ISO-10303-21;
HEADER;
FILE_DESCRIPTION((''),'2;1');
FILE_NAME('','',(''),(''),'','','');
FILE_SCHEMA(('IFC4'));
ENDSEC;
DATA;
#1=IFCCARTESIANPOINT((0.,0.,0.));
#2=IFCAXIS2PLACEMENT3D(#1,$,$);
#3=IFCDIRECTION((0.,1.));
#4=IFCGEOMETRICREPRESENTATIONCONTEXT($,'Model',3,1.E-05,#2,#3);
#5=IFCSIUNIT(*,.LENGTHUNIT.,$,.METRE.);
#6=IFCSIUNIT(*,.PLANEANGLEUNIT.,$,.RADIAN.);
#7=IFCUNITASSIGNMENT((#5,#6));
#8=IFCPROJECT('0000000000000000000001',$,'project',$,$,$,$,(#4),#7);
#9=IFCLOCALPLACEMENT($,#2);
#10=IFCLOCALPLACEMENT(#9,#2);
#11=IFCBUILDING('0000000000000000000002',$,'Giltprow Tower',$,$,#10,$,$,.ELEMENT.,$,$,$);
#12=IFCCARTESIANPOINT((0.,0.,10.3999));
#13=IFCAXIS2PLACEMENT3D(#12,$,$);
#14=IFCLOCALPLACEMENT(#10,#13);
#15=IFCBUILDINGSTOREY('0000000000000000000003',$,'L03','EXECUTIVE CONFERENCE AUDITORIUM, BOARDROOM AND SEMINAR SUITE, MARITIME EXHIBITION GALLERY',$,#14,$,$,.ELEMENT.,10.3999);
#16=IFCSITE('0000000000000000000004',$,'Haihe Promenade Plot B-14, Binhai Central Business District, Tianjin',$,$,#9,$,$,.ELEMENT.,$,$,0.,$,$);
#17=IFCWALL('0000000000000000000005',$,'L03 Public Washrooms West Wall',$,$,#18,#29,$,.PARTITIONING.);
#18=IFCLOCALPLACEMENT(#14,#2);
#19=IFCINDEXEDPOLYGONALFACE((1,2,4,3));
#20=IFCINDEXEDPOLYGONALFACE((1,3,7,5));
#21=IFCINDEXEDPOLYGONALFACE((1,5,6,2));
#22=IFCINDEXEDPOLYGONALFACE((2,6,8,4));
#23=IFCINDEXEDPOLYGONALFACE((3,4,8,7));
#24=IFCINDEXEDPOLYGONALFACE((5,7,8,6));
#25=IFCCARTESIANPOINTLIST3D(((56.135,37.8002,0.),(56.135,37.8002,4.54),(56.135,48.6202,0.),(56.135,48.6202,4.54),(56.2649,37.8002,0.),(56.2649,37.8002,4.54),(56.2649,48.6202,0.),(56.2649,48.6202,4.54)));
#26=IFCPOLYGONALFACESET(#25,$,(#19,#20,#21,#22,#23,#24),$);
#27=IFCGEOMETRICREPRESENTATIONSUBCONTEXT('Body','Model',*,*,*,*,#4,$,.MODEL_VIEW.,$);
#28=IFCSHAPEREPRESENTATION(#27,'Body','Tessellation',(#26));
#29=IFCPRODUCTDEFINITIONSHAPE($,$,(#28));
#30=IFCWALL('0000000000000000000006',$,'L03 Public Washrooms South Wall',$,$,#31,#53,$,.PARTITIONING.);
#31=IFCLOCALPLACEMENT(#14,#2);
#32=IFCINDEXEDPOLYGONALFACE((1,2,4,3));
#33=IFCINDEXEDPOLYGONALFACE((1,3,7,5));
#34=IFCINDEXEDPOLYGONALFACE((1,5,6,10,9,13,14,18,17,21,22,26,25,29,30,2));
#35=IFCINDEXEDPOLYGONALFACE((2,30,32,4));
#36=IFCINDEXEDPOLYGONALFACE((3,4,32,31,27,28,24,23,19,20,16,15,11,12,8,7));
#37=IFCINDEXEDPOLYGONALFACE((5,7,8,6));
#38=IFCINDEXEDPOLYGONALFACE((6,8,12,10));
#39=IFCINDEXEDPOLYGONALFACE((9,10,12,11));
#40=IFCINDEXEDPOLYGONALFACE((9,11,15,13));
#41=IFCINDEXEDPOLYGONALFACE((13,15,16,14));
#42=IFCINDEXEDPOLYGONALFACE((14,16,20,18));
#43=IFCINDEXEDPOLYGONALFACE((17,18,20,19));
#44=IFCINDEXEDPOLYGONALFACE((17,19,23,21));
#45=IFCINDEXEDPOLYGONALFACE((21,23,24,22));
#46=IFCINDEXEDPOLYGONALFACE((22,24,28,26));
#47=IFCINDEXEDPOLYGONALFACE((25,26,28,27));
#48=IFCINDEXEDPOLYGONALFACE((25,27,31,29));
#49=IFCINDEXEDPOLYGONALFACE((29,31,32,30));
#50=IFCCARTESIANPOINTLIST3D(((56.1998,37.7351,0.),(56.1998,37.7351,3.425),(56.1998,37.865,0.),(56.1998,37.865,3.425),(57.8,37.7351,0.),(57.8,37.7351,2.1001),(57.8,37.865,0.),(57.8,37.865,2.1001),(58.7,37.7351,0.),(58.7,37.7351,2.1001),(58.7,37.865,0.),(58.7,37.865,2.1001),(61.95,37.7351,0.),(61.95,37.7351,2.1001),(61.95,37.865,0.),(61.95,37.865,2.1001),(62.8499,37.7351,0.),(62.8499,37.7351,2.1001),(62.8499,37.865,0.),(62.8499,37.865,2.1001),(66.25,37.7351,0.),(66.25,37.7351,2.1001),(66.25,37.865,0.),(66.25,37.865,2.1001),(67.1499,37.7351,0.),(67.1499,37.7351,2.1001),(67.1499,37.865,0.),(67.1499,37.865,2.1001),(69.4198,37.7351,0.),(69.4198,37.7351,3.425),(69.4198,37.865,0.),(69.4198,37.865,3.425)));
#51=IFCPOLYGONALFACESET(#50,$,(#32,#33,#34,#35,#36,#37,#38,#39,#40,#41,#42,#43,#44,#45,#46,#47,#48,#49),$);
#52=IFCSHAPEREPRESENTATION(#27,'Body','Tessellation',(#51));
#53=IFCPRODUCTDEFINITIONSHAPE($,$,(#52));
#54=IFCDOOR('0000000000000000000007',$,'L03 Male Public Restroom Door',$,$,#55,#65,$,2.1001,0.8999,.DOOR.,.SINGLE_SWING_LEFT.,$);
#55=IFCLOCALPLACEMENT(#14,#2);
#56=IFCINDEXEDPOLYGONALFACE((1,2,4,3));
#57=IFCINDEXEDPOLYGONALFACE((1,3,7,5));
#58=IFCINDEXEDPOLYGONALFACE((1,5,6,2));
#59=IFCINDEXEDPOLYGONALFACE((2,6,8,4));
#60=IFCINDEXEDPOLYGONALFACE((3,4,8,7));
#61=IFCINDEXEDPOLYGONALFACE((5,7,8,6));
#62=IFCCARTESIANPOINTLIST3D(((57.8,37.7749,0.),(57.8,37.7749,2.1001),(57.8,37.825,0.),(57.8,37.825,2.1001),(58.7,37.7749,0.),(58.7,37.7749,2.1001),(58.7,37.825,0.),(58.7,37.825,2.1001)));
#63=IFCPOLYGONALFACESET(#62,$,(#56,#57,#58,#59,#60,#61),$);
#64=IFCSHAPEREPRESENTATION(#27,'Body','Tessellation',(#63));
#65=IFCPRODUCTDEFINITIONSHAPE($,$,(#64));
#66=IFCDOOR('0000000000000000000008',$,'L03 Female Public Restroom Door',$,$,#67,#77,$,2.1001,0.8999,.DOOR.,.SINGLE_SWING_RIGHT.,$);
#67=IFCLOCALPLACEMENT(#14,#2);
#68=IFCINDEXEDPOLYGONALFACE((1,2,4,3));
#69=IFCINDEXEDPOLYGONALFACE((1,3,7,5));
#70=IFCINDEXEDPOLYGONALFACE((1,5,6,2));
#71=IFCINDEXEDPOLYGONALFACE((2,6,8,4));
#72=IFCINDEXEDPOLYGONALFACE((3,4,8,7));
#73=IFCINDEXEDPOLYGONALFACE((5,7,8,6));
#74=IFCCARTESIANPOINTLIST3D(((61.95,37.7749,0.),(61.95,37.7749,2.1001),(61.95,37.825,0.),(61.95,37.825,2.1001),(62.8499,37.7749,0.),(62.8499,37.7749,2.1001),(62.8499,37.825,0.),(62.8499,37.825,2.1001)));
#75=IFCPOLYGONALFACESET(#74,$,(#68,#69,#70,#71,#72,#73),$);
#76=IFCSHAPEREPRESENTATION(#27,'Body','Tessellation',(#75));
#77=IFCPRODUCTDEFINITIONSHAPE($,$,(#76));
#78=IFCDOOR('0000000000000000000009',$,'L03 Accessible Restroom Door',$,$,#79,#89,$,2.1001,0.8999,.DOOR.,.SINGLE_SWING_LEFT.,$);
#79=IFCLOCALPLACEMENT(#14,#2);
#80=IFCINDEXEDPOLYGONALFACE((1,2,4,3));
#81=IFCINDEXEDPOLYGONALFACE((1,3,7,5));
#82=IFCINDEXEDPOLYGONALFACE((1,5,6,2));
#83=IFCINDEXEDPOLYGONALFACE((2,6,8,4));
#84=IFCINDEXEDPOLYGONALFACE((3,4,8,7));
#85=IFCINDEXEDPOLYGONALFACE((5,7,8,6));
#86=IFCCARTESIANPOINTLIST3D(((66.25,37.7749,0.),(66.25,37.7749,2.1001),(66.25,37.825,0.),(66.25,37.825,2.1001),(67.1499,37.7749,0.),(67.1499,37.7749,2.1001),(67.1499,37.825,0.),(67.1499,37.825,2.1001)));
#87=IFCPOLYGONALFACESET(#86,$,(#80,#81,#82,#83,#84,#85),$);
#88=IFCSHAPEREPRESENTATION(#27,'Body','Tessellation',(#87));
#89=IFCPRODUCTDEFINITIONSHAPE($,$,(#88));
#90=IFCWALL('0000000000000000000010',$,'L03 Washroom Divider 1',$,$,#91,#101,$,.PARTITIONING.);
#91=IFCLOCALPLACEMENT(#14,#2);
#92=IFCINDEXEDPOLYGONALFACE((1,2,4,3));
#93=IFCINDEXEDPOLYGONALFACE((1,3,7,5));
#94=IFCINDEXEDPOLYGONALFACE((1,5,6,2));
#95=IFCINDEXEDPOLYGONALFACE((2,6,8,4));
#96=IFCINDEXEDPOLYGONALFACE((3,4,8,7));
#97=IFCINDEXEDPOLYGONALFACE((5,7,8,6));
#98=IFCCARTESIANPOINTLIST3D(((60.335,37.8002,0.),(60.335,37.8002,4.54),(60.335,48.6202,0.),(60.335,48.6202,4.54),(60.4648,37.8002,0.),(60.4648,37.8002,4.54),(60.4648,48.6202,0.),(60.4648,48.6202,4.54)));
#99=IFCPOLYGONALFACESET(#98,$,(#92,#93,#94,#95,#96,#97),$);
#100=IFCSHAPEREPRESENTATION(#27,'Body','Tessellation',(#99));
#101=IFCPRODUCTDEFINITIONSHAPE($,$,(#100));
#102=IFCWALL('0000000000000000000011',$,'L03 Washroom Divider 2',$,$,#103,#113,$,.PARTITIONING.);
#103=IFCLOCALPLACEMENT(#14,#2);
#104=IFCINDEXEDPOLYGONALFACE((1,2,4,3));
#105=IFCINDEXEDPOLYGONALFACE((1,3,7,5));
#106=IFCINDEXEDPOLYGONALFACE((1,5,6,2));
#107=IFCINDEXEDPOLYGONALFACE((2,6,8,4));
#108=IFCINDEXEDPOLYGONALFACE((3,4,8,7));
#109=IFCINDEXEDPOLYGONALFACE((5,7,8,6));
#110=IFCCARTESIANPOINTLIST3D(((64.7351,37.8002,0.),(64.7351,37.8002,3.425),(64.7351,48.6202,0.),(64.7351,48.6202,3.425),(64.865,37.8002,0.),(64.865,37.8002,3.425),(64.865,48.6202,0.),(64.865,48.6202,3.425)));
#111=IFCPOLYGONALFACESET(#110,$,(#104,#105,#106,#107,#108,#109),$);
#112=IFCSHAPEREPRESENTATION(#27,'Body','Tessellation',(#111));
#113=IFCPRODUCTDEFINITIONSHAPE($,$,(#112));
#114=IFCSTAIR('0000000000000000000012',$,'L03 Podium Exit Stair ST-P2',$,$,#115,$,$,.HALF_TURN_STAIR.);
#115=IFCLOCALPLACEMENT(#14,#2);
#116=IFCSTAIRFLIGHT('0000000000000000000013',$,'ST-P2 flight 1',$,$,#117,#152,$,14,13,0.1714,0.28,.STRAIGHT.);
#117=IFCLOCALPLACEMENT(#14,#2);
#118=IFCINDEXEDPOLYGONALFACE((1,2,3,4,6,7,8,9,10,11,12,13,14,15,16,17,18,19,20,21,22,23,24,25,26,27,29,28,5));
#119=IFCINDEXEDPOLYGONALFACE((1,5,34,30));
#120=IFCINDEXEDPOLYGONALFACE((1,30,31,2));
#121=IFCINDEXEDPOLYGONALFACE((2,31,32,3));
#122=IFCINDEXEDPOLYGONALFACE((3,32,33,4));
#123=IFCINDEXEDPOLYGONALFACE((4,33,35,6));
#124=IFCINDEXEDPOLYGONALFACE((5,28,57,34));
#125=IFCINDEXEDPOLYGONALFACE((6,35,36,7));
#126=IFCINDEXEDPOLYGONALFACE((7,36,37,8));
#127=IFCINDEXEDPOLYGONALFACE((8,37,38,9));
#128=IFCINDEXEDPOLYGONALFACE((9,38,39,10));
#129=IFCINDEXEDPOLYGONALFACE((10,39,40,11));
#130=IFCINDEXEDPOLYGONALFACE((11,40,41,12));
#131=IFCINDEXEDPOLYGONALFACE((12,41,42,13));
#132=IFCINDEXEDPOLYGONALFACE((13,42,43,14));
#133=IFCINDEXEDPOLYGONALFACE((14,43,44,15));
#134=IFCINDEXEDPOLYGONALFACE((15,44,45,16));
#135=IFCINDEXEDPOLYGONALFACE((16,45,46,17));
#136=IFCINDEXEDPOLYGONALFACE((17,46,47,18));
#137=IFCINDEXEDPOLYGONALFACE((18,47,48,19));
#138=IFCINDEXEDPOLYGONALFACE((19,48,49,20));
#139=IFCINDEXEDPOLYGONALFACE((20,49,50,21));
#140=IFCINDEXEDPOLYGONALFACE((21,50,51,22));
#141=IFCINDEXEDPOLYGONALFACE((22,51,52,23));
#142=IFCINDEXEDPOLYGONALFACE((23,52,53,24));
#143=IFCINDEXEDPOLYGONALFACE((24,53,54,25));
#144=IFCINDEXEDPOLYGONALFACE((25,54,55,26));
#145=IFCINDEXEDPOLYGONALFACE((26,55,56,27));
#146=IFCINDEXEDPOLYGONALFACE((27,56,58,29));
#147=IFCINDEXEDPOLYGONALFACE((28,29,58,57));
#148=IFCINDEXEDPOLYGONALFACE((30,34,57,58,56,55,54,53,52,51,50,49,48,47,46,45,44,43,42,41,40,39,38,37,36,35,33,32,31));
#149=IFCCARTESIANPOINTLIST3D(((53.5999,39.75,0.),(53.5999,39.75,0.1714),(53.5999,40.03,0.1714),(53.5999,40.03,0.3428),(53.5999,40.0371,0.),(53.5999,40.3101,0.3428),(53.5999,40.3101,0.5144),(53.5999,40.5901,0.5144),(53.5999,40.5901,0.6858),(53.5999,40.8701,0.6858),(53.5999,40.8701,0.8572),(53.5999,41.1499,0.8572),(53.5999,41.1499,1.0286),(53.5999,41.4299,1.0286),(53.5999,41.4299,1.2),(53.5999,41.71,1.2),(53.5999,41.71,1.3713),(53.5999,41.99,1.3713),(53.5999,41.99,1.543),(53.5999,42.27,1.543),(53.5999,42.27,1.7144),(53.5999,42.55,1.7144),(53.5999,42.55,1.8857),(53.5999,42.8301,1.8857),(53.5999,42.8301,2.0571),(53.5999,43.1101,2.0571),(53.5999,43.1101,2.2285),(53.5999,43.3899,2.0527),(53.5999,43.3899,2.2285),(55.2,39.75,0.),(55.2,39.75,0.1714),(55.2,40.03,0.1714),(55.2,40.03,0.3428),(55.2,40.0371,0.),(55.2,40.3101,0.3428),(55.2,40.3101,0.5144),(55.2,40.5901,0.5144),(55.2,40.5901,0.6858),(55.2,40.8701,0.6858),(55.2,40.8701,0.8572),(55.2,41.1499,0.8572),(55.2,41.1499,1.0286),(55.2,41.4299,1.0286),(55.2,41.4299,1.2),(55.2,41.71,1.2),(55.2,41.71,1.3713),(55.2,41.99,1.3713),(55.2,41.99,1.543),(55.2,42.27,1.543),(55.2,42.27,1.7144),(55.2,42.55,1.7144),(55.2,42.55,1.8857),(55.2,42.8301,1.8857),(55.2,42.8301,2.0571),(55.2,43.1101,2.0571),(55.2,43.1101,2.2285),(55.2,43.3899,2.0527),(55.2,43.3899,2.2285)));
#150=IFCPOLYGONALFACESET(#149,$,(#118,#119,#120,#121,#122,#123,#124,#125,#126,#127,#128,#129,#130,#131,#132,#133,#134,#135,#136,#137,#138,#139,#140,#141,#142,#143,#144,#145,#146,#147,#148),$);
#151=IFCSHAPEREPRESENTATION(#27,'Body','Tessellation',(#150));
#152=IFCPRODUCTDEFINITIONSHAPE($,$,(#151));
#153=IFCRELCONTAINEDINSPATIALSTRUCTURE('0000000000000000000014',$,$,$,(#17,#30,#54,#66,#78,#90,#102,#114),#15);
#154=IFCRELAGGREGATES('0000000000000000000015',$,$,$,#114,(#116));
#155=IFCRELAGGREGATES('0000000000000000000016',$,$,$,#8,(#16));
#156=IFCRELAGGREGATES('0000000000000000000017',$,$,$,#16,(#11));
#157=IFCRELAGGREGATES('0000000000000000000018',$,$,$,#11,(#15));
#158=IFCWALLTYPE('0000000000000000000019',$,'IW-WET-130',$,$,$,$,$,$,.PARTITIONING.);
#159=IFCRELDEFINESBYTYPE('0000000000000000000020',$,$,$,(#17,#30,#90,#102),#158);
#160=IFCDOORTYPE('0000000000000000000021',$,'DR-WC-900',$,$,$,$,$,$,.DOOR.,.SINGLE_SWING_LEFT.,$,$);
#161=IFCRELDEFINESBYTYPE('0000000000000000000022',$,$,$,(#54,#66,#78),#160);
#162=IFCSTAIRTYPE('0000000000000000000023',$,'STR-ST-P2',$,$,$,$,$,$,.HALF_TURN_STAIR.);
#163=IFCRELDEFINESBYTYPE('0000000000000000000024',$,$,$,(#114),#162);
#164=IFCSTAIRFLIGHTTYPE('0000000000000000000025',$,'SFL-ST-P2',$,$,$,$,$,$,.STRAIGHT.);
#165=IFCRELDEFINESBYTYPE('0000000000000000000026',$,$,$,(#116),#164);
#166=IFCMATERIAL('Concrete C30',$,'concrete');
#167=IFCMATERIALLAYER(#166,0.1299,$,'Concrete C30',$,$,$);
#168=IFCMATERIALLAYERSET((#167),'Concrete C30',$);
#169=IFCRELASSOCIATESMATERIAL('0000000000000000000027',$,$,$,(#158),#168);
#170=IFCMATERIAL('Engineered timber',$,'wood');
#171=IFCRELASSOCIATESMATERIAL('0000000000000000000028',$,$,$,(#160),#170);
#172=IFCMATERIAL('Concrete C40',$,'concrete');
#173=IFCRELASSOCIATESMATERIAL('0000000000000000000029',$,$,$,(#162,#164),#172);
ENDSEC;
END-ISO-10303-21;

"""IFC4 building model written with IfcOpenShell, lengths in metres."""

from ifc_helpers import new_model, si_unit, direction, frame, frame_2d, origin, place, context, subcontext, project, spatial, polyline, rectangle, outline, extrude, source, transform, mapped, material, layer, layer_set, type_object, element, fill, aggregate, save


model = new_model("IFC4")

# Units and contexts
model_context = context("Model", 3, precision=1e-05, world=origin(), true_north=direction((0.0, 1.0)))
body_context = subcontext(model_context, "Body", "Model", "MODEL_VIEW")
ifc_project = project(units=[si_unit("LENGTHUNIT", "METRE"), si_unit("PLANEANGLEUNIT", "RADIAN")], contexts=[model_context])

# Site, building, storey
site_placement = place(None, origin())
site = spatial("IfcSite", under=ifc_project, at=site_placement, Name="Haihe Promenade Plot B-14, Binhai Central Business District, Tianjin", CompositionType="ELEMENT", RefElevation=0.0)
building_placement = place(site_placement, origin())
building = spatial("IfcBuilding", under=site, at=building_placement, Name="Giltprow Tower", CompositionType="ELEMENT")
storey_placement = place(building_placement, frame((0.0, 0.0, 10.3999)))
storey = spatial("IfcBuildingStorey", under=building, at=storey_placement, Name="L03", Description="EXECUTIVE CONFERENCE AUDITORIUM, BOARDROOM AND SEMINAR SUITE, MARITIME EXHIBITION GALLERY", CompositionType="ELEMENT", Elevation=10.3999)

# Wall
ifc_material_1 = material(Name="Concrete C40", Category="concrete")
ifc_material_2 = material(Name="Concrete C30", Category="concrete")
ifc_layer_1 = layer(ifc_material_2, 0.1299, Name="Concrete C30")
ifc_layer_set_1 = layer_set([ifc_layer_1], Name="Concrete C30")
wall_type_1 = type_object("IfcWallType", Name="IW-WET-130", PredefinedType="PARTITIONING", material=ifc_layer_set_1)
wall_1_placement = place(storey_placement, frame((56.2, 37.8, 0.0), z_axis=(0.0, 0.0, 1.0), x_axis=(0.0, 1.0, 0.0)))
element("IfcWall", 1, at=wall_1_placement, inside=storey, type_object=wall_type_1, Name="L03 Public Washrooms West Wall", PredefinedType="PARTITIONING", context=body_context, shape_type="SweptSolid", body=[
    extrude(rectangle(XDim=10.8201, YDim=0.1299, at=frame_2d((5.4102, 0.0))), origin(), (0.0, 0.0, 1.0), 4.54),
])

# Wall, openings, doors
wall_2_placement = place(storey_placement, frame((56.2, 37.8, 0.0), z_axis=(0.0, 0.0, 1.0), x_axis=(1.0, 0.0, 0.0)))
wall_2 = element("IfcWall", 2, at=wall_2_placement, inside=storey, type_object=wall_type_1, Name="L03 Public Washrooms South Wall", PredefinedType="PARTITIONING", context=body_context, shape_type="SweptSolid", body=[
    extrude(rectangle(XDim=13.22, YDim=0.1299, at=frame_2d((6.6099, 0.0))), origin(), (0.0, 0.0, 1.0), 3.425),
])
opening_1_placement = place(wall_2_placement, frame((1.6001, 0.0, 0.0)))
opening_1 = element("IfcOpeningElement", 3, at=opening_1_placement, cuts=wall_2, PredefinedType="OPENING", context=body_context, shape_type="SweptSolid", body=[
    extrude(rectangle(XDim=0.8999, YDim=2.1001, at=frame_2d((0.45, 1.05))), frame((0.0, 0.075, 0.0), z_axis=(0.0, -1.0, 0.0), x_axis=(1.0, 0.0, 0.0)), (0.0, 0.0, 1.0), 0.1499),
])
opening_2_placement = place(wall_2_placement, frame((5.75, 0.0, 0.0)))
opening_2 = element("IfcOpeningElement", 4, at=opening_2_placement, cuts=wall_2, PredefinedType="OPENING", context=body_context, shape_type="SweptSolid", body=[
    extrude(rectangle(XDim=0.8999, YDim=2.1001, at=frame_2d((0.45, 1.05))), frame((0.0, 0.075, 0.0), z_axis=(0.0, -1.0, 0.0), x_axis=(1.0, 0.0, 0.0)), (0.0, 0.0, 1.0), 0.1499),
])
opening_3_placement = place(wall_2_placement, frame((10.05, 0.0, 0.0)))
opening_3 = element("IfcOpeningElement", 5, at=opening_3_placement, cuts=wall_2, PredefinedType="OPENING", context=body_context, shape_type="SweptSolid", body=[
    extrude(rectangle(XDim=0.8999, YDim=2.1001, at=frame_2d((0.45, 1.05))), frame((0.0, 0.075, 0.0), z_axis=(0.0, -1.0, 0.0), x_axis=(1.0, 0.0, 0.0)), (0.0, 0.0, 1.0), 0.1499),
])
ifc_material_3 = material(Name="Engineered timber", Category="wood")
door_type = type_object("IfcDoorType", Name="DR-WC-900", OperationType="SINGLE_SWING_LEFT", PredefinedType="DOOR", material=ifc_material_3)
shared_shape_1 = source(origin(), body_context, "Body", "SweptSolid", [
    extrude(rectangle(XDim=0.8999, YDim=2.1001, at=frame_2d((0.45, 1.05))), frame((0.0, 0.0249, 0.0), z_axis=(0.0, -1.0, 0.0), x_axis=(1.0, 0.0, 0.0)), (0.0, 0.0, 1.0), 0.05),
])
door_1_placement = place(opening_1_placement, origin())
door_1 = element("IfcDoor", 6, at=door_1_placement, inside=storey, type_object=door_type, Name="L03 Male Public Restroom Door", OperationType="SINGLE_SWING_LEFT", OverallHeight=2.1001, OverallWidth=0.8999, PredefinedType="DOOR", context=body_context, shape_type="MappedRepresentation", body=[
    mapped(shared_shape_1, transform((0.0, 0.0, 0.0), x_axis=(1.0, 0.0, 0.0), y_axis=(0.0, 1.0, 0.0), z_axis=(0.0, 0.0, 1.0), scale=1.0)),
])
fill(opening_1, door_1)
door_2_placement = place(opening_2_placement, origin())
door_2 = element("IfcDoor", 7, at=door_2_placement, inside=storey, type_object=door_type, Name="L03 Female Public Restroom Door", OperationType="SINGLE_SWING_RIGHT", OverallHeight=2.1001, OverallWidth=0.8999, PredefinedType="DOOR", context=body_context, shape_type="MappedRepresentation", body=[
    mapped(shared_shape_1, transform((0.0, 0.0, 0.0), x_axis=(1.0, 0.0, 0.0), y_axis=(0.0, 1.0, 0.0), z_axis=(0.0, 0.0, 1.0), scale=1.0)),
])
fill(opening_2, door_2)
door_3_placement = place(opening_3_placement, origin())
door_3 = element("IfcDoor", 8, at=door_3_placement, inside=storey, type_object=door_type, Name="L03 Accessible Restroom Door", OperationType="SINGLE_SWING_LEFT", OverallHeight=2.1001, OverallWidth=0.8999, PredefinedType="DOOR", context=body_context, shape_type="MappedRepresentation", body=[
    mapped(shared_shape_1, transform((0.0, 0.0, 0.0), x_axis=(1.0, 0.0, 0.0), y_axis=(0.0, 1.0, 0.0), z_axis=(0.0, 0.0, 1.0), scale=1.0)),
])
fill(opening_3, door_3)

# Walls
wall_3_placement = place(storey_placement, frame((60.3999, 37.8, 0.0), z_axis=(0.0, 0.0, 1.0), x_axis=(0.0, 1.0, 0.0)))
element("IfcWall", 9, at=wall_3_placement, inside=storey, type_object=wall_type_1, Name="L03 Washroom Divider 1", PredefinedType="PARTITIONING", context=body_context, shape_type="SweptSolid", body=[
    extrude(rectangle(XDim=10.8201, YDim=0.1299, at=frame_2d((5.4102, 0.0))), origin(), (0.0, 0.0, 1.0), 4.54),
])
wall_4_placement = place(storey_placement, frame((64.8, 37.8, 0.0), z_axis=(0.0, 0.0, 1.0), x_axis=(0.0, 1.0, 0.0)))
element("IfcWall", 10, at=wall_4_placement, inside=storey, type_object=wall_type_1, Name="L03 Washroom Divider 2", PredefinedType="PARTITIONING", context=body_context, shape_type="SweptSolid", body=[
    extrude(rectangle(XDim=10.8201, YDim=0.1299, at=frame_2d((5.4102, 0.0))), origin(), (0.0, 0.0, 1.0), 3.425),
])

# Stair, stair flight
stair_type = type_object("IfcStairType", Name="STR-ST-P2", PredefinedType="HALF_TURN_STAIR", material=ifc_material_1)
stair_placement = place(storey_placement, origin())
stair = element("IfcStair", 11, at=stair_placement, inside=storey, type_object=stair_type, Name="L03 Podium Exit Stair ST-P2", PredefinedType="HALF_TURN_STAIR")
stair_flight_type = type_object("IfcStairFlightType", Name="SFL-ST-P2", PredefinedType="STRAIGHT", material=ifc_material_1)
stair_flight_placement = place(storey_placement, frame((54.3999, 39.75, 0.0), z_axis=(0.0, 0.0, 1.0), x_axis=(0.0, 1.0, 0.0)))
stair_flight = element("IfcStairFlight", 12, at=stair_flight_placement, type_object=stair_flight_type, Name="ST-P2 flight 1", NumberOfRisers=14, NumberOfTreads=13, PredefinedType="STRAIGHT", RiserHeight=0.1714, TreadLength=0.28, context=body_context, shape_type="SweptSolid", body=[
    extrude(outline(polyline([(0.0, 0.0), (0.0, 0.1714), (0.28, 0.1714), (0.28, 0.3428), (0.5601, 0.3428), (0.5601, 0.5144), (0.8401, 0.5144), (0.8401, 0.6858), (1.1201, 0.6858), (1.1201, 0.8572), (1.3999, 0.8572), (1.3999, 1.0286), (1.6799, 1.0286), (1.6799, 1.2), (1.96, 1.2), (1.96, 1.3713), (2.24, 1.3713), (2.24, 1.543), (2.52, 1.543), (2.52, 1.7144), (2.8, 1.7144), (2.8, 1.8857), (3.0801, 1.8857), (3.0801, 2.0571), (3.3601, 2.0571), (3.3601, 2.2285), (3.6399, 2.2285), (3.6399, 2.3999), (3.6399, 2.0527), (0.2871, 0.0), (0.0, 0.0)])), frame((0.0, 0.8, 0.0), z_axis=(0.0, -1.0, 0.0), x_axis=(1.0, 0.0, 0.0)), (0.0, 0.0, 1.0), 1.6001),
])
aggregate(stair, [stair_flight])

save(model, "model.ifc")
